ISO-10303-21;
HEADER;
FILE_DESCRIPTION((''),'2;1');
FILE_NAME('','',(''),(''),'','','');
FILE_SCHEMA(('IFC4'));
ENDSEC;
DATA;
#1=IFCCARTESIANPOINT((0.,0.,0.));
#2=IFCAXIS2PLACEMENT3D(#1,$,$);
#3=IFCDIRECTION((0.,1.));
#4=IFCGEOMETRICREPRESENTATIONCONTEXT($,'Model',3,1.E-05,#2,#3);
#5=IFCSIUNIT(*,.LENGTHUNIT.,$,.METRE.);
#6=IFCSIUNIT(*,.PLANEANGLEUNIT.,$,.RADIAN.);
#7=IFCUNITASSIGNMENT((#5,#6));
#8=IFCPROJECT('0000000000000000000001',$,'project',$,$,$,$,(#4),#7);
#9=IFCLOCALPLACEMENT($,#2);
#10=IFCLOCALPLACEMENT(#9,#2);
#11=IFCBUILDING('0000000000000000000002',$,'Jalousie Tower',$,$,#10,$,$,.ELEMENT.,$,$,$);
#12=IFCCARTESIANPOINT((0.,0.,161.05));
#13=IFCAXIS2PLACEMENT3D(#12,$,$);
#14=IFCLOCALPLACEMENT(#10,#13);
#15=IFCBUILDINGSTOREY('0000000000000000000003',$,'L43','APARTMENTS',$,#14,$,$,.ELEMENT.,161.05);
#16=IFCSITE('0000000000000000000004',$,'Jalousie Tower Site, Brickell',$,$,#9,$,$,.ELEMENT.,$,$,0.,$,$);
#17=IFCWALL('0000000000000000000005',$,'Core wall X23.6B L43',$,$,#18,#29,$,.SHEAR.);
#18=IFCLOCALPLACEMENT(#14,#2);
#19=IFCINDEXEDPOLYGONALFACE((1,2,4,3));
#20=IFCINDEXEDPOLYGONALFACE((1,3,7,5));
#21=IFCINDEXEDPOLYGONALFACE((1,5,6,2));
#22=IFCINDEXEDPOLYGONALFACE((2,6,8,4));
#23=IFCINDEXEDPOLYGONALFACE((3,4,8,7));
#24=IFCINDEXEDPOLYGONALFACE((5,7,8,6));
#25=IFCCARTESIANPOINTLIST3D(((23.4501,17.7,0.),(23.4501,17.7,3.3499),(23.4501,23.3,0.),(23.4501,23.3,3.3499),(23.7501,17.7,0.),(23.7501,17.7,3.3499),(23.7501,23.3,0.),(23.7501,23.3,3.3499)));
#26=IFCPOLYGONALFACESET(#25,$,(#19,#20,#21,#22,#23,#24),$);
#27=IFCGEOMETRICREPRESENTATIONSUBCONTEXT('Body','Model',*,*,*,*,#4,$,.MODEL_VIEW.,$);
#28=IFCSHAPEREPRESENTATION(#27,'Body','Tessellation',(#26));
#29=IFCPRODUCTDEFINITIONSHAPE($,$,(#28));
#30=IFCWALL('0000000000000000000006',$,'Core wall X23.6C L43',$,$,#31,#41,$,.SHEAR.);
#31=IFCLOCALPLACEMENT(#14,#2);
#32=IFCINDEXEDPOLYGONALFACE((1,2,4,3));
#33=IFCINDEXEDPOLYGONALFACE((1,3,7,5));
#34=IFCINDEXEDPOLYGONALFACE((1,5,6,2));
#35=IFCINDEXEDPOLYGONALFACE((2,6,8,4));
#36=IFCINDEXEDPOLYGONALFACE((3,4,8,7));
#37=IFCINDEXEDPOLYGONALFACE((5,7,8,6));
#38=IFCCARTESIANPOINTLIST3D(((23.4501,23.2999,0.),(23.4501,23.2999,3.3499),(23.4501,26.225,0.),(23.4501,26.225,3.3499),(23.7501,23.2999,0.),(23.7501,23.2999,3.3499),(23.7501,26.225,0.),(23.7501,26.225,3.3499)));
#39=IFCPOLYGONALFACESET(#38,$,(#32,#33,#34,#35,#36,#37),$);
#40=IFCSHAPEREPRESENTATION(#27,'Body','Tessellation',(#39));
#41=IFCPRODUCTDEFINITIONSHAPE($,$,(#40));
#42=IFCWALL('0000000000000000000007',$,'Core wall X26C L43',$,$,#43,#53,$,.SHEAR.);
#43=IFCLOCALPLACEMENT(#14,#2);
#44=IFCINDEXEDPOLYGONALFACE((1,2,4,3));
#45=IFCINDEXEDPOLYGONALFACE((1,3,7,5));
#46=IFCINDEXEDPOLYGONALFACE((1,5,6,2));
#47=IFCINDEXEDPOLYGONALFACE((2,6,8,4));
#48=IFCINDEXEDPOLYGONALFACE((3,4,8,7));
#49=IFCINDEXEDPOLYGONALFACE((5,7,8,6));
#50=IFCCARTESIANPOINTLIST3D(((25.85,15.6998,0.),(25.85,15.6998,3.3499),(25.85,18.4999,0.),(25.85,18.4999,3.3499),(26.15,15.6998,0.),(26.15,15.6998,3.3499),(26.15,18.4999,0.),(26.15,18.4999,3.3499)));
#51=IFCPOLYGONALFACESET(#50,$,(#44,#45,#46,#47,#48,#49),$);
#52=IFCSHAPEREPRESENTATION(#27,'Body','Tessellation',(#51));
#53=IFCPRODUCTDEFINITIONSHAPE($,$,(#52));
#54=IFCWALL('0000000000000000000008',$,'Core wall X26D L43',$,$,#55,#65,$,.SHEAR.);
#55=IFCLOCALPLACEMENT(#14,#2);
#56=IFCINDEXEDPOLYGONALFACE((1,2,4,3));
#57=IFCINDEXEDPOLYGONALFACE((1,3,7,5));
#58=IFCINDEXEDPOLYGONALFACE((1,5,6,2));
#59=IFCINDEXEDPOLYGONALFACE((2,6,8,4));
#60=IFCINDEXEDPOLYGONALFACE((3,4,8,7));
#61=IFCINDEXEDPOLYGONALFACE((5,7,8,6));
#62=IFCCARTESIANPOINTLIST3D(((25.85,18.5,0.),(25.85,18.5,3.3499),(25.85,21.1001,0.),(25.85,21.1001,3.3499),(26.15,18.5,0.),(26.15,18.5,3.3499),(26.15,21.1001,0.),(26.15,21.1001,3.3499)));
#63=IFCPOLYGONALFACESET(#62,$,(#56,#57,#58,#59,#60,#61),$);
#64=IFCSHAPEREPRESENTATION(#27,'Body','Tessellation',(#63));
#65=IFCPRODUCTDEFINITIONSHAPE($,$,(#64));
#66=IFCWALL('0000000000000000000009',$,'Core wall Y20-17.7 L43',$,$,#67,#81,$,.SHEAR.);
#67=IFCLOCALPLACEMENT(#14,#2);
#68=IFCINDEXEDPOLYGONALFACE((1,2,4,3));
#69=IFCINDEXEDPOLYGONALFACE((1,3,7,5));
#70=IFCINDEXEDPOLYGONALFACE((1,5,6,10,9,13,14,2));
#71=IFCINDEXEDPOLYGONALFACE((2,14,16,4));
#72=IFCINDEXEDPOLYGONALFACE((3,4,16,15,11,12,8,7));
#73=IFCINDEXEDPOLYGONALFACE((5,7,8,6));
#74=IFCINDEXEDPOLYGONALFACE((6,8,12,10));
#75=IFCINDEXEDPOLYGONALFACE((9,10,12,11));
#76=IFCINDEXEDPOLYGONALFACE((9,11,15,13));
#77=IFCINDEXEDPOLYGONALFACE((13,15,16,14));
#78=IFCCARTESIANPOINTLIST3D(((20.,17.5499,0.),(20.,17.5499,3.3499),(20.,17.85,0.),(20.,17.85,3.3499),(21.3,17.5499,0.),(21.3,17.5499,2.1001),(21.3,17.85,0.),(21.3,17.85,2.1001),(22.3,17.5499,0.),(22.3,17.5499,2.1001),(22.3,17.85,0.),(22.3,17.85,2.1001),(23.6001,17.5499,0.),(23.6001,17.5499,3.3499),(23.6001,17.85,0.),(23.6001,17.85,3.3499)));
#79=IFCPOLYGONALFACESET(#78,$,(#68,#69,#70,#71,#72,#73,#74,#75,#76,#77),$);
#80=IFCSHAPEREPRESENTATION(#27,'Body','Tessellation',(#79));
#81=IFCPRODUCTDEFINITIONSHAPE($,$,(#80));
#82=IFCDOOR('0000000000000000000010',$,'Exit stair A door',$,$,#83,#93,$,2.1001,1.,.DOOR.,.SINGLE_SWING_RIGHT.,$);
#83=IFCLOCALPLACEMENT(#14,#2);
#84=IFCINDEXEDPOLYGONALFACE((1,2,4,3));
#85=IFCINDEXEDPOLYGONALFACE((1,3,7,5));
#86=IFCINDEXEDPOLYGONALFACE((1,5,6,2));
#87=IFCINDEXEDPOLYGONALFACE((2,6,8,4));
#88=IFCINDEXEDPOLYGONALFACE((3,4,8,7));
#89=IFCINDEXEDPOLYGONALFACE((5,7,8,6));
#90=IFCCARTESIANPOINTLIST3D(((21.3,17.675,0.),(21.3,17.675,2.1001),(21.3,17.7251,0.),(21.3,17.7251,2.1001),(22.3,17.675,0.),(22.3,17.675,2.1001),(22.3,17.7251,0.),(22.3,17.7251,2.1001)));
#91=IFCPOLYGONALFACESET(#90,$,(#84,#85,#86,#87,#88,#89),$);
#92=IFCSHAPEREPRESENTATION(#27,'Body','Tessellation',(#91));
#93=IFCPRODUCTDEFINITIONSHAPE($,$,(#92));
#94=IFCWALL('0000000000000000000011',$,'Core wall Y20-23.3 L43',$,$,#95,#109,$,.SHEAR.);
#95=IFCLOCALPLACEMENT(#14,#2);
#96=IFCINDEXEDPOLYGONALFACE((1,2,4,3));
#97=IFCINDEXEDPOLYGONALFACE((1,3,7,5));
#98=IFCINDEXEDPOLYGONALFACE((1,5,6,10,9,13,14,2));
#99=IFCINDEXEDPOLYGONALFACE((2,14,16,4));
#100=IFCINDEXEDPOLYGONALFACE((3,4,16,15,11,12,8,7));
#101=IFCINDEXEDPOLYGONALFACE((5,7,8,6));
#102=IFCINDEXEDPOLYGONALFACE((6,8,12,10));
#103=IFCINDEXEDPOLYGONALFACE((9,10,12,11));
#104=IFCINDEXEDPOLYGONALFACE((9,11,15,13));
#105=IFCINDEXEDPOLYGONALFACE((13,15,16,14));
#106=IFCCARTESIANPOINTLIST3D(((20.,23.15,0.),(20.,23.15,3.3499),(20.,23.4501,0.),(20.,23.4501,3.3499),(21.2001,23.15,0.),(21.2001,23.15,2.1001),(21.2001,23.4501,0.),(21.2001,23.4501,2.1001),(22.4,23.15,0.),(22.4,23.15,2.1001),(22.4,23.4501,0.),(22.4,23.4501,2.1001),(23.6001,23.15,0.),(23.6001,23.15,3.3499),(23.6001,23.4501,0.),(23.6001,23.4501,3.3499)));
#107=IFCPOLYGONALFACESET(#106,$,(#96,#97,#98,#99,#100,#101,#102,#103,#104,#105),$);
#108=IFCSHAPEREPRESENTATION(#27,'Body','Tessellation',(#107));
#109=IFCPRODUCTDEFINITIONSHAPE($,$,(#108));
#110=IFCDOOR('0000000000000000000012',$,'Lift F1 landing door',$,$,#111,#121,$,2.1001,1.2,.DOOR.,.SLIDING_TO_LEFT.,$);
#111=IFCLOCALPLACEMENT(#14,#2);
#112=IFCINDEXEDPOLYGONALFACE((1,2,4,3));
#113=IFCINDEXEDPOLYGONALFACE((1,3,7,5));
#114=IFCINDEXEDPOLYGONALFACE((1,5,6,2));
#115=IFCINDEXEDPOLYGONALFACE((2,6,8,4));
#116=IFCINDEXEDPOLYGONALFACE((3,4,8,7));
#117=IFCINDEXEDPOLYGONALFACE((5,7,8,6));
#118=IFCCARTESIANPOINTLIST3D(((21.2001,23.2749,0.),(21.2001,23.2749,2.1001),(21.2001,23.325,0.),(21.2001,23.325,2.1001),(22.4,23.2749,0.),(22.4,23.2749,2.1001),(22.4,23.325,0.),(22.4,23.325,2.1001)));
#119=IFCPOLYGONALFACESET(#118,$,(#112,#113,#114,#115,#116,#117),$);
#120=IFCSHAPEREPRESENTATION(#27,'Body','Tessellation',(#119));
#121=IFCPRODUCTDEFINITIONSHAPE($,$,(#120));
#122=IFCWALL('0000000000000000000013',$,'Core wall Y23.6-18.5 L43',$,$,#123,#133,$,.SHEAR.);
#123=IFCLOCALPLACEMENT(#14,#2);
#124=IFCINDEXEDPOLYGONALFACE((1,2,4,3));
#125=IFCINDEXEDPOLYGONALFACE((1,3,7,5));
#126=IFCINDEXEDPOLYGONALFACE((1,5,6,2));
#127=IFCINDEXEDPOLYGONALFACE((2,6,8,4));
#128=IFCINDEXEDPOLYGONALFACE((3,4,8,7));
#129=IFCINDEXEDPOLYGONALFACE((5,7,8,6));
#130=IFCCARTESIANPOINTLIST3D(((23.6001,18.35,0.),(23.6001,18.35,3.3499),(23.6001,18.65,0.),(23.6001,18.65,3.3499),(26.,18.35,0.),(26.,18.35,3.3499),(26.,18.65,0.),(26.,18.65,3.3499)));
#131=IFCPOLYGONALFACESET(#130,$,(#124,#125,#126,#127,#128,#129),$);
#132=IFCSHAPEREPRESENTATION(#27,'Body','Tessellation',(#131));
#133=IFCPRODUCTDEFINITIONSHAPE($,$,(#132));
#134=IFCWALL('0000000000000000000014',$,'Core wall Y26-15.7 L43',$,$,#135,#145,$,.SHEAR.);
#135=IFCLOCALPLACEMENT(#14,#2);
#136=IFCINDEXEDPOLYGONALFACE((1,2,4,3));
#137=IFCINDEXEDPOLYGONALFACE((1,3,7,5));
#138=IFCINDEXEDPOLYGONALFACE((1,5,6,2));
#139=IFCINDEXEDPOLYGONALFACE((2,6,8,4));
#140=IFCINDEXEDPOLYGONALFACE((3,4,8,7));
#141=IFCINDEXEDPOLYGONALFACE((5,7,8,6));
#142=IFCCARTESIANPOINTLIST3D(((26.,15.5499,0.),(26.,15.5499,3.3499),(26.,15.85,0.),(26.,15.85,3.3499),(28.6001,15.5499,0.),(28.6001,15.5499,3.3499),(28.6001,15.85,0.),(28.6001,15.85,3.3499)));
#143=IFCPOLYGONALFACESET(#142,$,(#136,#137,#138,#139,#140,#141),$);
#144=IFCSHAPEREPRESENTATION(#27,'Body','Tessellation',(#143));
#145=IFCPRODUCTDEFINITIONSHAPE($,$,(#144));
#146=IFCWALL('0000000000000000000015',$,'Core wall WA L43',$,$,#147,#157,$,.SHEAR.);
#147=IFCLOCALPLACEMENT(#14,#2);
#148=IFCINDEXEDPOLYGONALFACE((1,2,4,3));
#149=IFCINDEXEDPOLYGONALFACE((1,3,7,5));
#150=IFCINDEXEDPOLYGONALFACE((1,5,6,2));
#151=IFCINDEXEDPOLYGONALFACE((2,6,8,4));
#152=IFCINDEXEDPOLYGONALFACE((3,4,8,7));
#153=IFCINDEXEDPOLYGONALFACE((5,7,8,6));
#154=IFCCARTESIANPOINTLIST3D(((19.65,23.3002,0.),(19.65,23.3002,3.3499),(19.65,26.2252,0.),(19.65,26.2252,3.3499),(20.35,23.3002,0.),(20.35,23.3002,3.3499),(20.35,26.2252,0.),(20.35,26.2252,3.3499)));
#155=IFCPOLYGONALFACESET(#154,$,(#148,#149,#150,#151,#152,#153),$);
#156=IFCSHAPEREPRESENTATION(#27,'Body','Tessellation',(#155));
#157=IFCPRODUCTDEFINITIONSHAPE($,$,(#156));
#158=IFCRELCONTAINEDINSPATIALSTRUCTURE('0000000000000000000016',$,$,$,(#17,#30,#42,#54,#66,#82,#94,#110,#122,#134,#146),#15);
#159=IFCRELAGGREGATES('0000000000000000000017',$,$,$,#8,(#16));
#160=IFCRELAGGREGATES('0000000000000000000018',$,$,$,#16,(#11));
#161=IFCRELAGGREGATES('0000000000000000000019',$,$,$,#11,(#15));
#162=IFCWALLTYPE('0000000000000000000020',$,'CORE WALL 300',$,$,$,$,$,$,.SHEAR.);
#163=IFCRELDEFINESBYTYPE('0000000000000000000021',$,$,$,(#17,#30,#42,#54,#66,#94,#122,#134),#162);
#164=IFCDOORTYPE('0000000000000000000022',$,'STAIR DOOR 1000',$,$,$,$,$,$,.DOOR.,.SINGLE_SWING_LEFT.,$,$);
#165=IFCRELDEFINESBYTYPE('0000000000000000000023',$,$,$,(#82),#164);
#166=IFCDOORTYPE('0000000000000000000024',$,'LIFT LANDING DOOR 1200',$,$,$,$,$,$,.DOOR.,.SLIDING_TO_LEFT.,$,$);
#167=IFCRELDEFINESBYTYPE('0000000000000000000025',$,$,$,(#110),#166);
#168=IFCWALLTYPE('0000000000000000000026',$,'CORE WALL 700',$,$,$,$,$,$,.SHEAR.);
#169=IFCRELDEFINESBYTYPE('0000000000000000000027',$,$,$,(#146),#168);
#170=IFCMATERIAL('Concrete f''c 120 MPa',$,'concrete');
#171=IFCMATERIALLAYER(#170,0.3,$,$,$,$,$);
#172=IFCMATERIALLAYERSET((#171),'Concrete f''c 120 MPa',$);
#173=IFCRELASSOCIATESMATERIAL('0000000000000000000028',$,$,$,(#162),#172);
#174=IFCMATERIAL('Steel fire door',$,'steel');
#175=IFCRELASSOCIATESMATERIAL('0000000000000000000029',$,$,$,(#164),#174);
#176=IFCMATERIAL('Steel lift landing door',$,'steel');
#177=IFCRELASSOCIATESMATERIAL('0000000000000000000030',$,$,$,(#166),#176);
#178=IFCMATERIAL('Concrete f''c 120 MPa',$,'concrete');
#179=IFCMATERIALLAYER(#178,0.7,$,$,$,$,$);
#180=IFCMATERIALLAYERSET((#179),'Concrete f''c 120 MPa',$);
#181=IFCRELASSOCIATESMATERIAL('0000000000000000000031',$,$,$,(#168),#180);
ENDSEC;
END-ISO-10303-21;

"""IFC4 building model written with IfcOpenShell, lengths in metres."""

from ifc_helpers import new_model, si_unit, direction, frame, frame_2d, origin, place, context, subcontext, project, spatial, rectangle, extrude, material, layer, layer_set, type_object, element, fill, save


model = new_model("IFC4")

# Units and contexts
model_context = context("Model", 3, precision=1e-05, world=origin(), true_north=direction((0.0, 1.0)))
body_context = subcontext(model_context, "Body", "Model", "MODEL_VIEW")
ifc_project = project(units=[si_unit("LENGTHUNIT", "METRE"), si_unit("PLANEANGLEUNIT", "RADIAN")], contexts=[model_context])

# Site, building, storey
site_placement = place(None, origin())
site = spatial("IfcSite", under=ifc_project, at=site_placement, Name="Jalousie Tower Site, Brickell", CompositionType="ELEMENT", RefElevation=0.0)
building_placement = place(site_placement, origin())
building = spatial("IfcBuilding", under=site, at=building_placement, Name="Jalousie Tower", CompositionType="ELEMENT")
storey_placement = place(building_placement, frame((0.0, 0.0, 161.05)))
storey = spatial("IfcBuildingStorey", under=building, at=storey_placement, Name="L43", Description="APARTMENTS", CompositionType="ELEMENT", Elevation=161.05)

# Walls
ifc_material_1 = material(Name="Concrete f'c 120 MPa", Category="concrete")
ifc_layer_1 = layer(ifc_material_1, 0.3)
ifc_layer_set_1 = layer_set([ifc_layer_1], Name="Concrete f'c 120 MPa")
wall_type_1 = type_object("IfcWallType", Name="CORE WALL 300", PredefinedType="SHEAR", material=ifc_layer_set_1)
wall_1_placement = place(storey_placement, frame((23.6001, 17.7, 0.0), z_axis=(0.0, 0.0, 1.0), x_axis=(0.0, 1.0, 0.0)))
element("IfcWall", 1, at=wall_1_placement, inside=storey, type_object=wall_type_1, Name="Core wall X23.6B L43", PredefinedType="SHEAR", context=body_context, shape_type="SweptSolid", body=[
    extrude(rectangle(XDim=5.6001, YDim=0.3, at=frame_2d((2.8, 0.0))), origin(), (0.0, 0.0, 1.0), 3.3499),
])
wall_2_placement = place(storey_placement, frame((23.6001, 23.3, 0.0), z_axis=(0.0, 0.0, 1.0), x_axis=(0.0, 1.0, 0.0)))
element("IfcWall", 2, at=wall_2_placement, inside=storey, type_object=wall_type_1, Name="Core wall X23.6C L43", PredefinedType="SHEAR", context=body_context, shape_type="SweptSolid", body=[
    extrude(rectangle(XDim=2.925, YDim=0.3, at=frame_2d((1.4624, 0.0))), origin(), (0.0, 0.0, 1.0), 3.3499),
])
wall_3_placement = place(storey_placement, frame((26.0, 15.7, 0.0), z_axis=(0.0, 0.0, 1.0), x_axis=(0.0, 1.0, 0.0)))
element("IfcWall", 3, at=wall_3_placement, inside=storey, type_object=wall_type_1, Name="Core wall X26C L43", PredefinedType="SHEAR", context=body_context, shape_type="SweptSolid", body=[
    extrude(rectangle(XDim=2.8, YDim=0.3, at=frame_2d((1.3999, 0.0))), origin(), (0.0, 0.0, 1.0), 3.3499),
])
wall_4_placement = place(storey_placement, frame((26.0, 18.5, 0.0), z_axis=(0.0, 0.0, 1.0), x_axis=(0.0, 1.0, 0.0)))
element("IfcWall", 4, at=wall_4_placement, inside=storey, type_object=wall_type_1, Name="Core wall X26D L43", PredefinedType="SHEAR", context=body_context, shape_type="SweptSolid", body=[
    extrude(rectangle(XDim=2.6001, YDim=0.3, at=frame_2d((1.3, 0.0))), origin(), (0.0, 0.0, 1.0), 3.3499),
])

# Walls, openings, doors
wall_5_placement = place(storey_placement, frame((20.0, 17.7, 0.0), z_axis=(0.0, 0.0, 1.0), x_axis=(1.0, 0.0, 0.0)))
wall_5 = element("IfcWall", 5, at=wall_5_placement, inside=storey, type_object=wall_type_1, Name="Core wall Y20-17.7 L43", PredefinedType="SHEAR", context=body_context, shape_type="SweptSolid", body=[
    extrude(rectangle(XDim=3.6001, YDim=0.3, at=frame_2d((1.8, 0.0))), origin(), (0.0, 0.0, 1.0), 3.3499),
])
opening_1_placement = place(wall_5_placement, frame((1.3, 0.0, 0.0)))
opening_1 = element("IfcOpeningElement", 6, at=opening_1_placement, cuts=wall_5, PredefinedType="OPENING", context=body_context, shape_type="SweptSolid", body=[
    extrude(rectangle(XDim=1.0, YDim=2.1001, at=frame_2d((0.5, 1.05))), frame((0.0, 0.1599, 0.0), z_axis=(0.0, -1.0, 0.0), x_axis=(1.0, 0.0, 0.0)), (0.0, 0.0, 1.0), 0.3201),
])
ifc_material_2 = material(Name="Steel fire door", Category="steel")
door_type_1 = type_object("IfcDoorType", Name="STAIR DOOR 1000", OperationType="SINGLE_SWING_LEFT", PredefinedType="DOOR", material=ifc_material_2)
door_1_placement = place(opening_1_placement, frame((1.0, 0.0, 0.0), z_axis=(0.0, 0.0, 1.0), x_axis=(-1.0, 0.0, 0.0)))
door_1 = element("IfcDoor", 7, at=door_1_placement, inside=storey, type_object=door_type_1, Name="Exit stair A door", OperationType="SINGLE_SWING_RIGHT", OverallHeight=2.1001, OverallWidth=1.0, PredefinedType="DOOR", context=body_context, shape_type="SweptSolid", body=[
    extrude(rectangle(XDim=1.0, YDim=2.1001, at=frame_2d((0.5, 1.05))), frame((0.0, 0.0249, 0.0), z_axis=(0.0, -1.0, 0.0), x_axis=(1.0, 0.0, 0.0)), (0.0, 0.0, 1.0), 0.05),
])
fill(opening_1, door_1)
wall_6_placement = place(storey_placement, frame((20.0, 23.3, 0.0), z_axis=(0.0, 0.0, 1.0), x_axis=(1.0, 0.0, 0.0)))
wall_6 = element("IfcWall", 8, at=wall_6_placement, inside=storey, type_object=wall_type_1, Name="Core wall Y20-23.3 L43", PredefinedType="SHEAR", context=body_context, shape_type="SweptSolid", body=[
    extrude(rectangle(XDim=3.6001, YDim=0.3, at=frame_2d((1.8, 0.0))), origin(), (0.0, 0.0, 1.0), 3.3499),
])
opening_2_placement = place(wall_6_placement, frame((1.2, 0.0, 0.0)))
opening_2 = element("IfcOpeningElement", 9, at=opening_2_placement, cuts=wall_6, PredefinedType="OPENING", context=body_context, shape_type="SweptSolid", body=[
    extrude(rectangle(XDim=1.2, YDim=2.1001, at=frame_2d((0.6001, 1.05))), frame((0.0, 0.1599, 0.0), z_axis=(0.0, -1.0, 0.0), x_axis=(1.0, 0.0, 0.0)), (0.0, 0.0, 1.0), 0.3201),
])
ifc_material_3 = material(Name="Steel lift landing door", Category="steel")
door_type_2 = type_object("IfcDoorType", Name="LIFT LANDING DOOR 1200", OperationType="SLIDING_TO_LEFT", PredefinedType="DOOR", material=ifc_material_3)
door_2_placement = place(opening_2_placement, origin())
door_2 = element("IfcDoor", 10, at=door_2_placement, inside=storey, type_object=door_type_2, Name="Lift F1 landing door", OperationType="SLIDING_TO_LEFT", OverallHeight=2.1001, OverallWidth=1.2, PredefinedType="DOOR", context=body_context, shape_type="SweptSolid", body=[
    extrude(rectangle(XDim=1.2, YDim=2.1001, at=frame_2d((0.6001, 1.05))), frame((0.0, 0.0249, 0.0), z_axis=(0.0, -1.0, 0.0), x_axis=(1.0, 0.0, 0.0)), (0.0, 0.0, 1.0), 0.05),
])
fill(opening_2, door_2)

# Walls
wall_7_placement = place(storey_placement, frame((23.6001, 18.5, 0.0), z_axis=(0.0, 0.0, 1.0), x_axis=(1.0, 0.0, 0.0)))
element("IfcWall", 11, at=wall_7_placement, inside=storey, type_object=wall_type_1, Name="Core wall Y23.6-18.5 L43", PredefinedType="SHEAR", context=body_context, shape_type="SweptSolid", body=[
    extrude(rectangle(XDim=2.3999, YDim=0.3, at=frame_2d((1.2, 0.0))), origin(), (0.0, 0.0, 1.0), 3.3499),
])
wall_8_placement = place(storey_placement, frame((26.0, 15.7, 0.0), z_axis=(0.0, 0.0, 1.0), x_axis=(1.0, 0.0, 0.0)))
element("IfcWall", 12, at=wall_8_placement, inside=storey, type_object=wall_type_1, Name="Core wall Y26-15.7 L43", PredefinedType="SHEAR", context=body_context, shape_type="SweptSolid", body=[
    extrude(rectangle(XDim=2.6001, YDim=0.3, at=frame_2d((1.3, 0.0))), origin(), (0.0, 0.0, 1.0), 3.3499),
])
ifc_material_4 = material(Name="Concrete f'c 120 MPa", Category="concrete")
ifc_layer_2 = layer(ifc_material_4, 0.7)
ifc_layer_set_2 = layer_set([ifc_layer_2], Name="Concrete f'c 120 MPa")
wall_type_2 = type_object("IfcWallType", Name="CORE WALL 700", PredefinedType="SHEAR", material=ifc_layer_set_2)
wall_9_placement = place(storey_placement, frame((20.0, 26.2251, 0.0), z_axis=(0.0, 0.0, 1.0), x_axis=(0.0, -1.0, 0.0)))
element("IfcWall", 13, at=wall_9_placement, inside=storey, type_object=wall_type_2, Name="Core wall WA L43", PredefinedType="SHEAR", context=body_context, shape_type="SweptSolid", body=[
    extrude(rectangle(XDim=2.925, YDim=0.7, at=frame_2d((1.4624, 0.0))), origin(), (0.0, 0.0, 1.0), 3.3499),
])

save(model, "model.ifc")
